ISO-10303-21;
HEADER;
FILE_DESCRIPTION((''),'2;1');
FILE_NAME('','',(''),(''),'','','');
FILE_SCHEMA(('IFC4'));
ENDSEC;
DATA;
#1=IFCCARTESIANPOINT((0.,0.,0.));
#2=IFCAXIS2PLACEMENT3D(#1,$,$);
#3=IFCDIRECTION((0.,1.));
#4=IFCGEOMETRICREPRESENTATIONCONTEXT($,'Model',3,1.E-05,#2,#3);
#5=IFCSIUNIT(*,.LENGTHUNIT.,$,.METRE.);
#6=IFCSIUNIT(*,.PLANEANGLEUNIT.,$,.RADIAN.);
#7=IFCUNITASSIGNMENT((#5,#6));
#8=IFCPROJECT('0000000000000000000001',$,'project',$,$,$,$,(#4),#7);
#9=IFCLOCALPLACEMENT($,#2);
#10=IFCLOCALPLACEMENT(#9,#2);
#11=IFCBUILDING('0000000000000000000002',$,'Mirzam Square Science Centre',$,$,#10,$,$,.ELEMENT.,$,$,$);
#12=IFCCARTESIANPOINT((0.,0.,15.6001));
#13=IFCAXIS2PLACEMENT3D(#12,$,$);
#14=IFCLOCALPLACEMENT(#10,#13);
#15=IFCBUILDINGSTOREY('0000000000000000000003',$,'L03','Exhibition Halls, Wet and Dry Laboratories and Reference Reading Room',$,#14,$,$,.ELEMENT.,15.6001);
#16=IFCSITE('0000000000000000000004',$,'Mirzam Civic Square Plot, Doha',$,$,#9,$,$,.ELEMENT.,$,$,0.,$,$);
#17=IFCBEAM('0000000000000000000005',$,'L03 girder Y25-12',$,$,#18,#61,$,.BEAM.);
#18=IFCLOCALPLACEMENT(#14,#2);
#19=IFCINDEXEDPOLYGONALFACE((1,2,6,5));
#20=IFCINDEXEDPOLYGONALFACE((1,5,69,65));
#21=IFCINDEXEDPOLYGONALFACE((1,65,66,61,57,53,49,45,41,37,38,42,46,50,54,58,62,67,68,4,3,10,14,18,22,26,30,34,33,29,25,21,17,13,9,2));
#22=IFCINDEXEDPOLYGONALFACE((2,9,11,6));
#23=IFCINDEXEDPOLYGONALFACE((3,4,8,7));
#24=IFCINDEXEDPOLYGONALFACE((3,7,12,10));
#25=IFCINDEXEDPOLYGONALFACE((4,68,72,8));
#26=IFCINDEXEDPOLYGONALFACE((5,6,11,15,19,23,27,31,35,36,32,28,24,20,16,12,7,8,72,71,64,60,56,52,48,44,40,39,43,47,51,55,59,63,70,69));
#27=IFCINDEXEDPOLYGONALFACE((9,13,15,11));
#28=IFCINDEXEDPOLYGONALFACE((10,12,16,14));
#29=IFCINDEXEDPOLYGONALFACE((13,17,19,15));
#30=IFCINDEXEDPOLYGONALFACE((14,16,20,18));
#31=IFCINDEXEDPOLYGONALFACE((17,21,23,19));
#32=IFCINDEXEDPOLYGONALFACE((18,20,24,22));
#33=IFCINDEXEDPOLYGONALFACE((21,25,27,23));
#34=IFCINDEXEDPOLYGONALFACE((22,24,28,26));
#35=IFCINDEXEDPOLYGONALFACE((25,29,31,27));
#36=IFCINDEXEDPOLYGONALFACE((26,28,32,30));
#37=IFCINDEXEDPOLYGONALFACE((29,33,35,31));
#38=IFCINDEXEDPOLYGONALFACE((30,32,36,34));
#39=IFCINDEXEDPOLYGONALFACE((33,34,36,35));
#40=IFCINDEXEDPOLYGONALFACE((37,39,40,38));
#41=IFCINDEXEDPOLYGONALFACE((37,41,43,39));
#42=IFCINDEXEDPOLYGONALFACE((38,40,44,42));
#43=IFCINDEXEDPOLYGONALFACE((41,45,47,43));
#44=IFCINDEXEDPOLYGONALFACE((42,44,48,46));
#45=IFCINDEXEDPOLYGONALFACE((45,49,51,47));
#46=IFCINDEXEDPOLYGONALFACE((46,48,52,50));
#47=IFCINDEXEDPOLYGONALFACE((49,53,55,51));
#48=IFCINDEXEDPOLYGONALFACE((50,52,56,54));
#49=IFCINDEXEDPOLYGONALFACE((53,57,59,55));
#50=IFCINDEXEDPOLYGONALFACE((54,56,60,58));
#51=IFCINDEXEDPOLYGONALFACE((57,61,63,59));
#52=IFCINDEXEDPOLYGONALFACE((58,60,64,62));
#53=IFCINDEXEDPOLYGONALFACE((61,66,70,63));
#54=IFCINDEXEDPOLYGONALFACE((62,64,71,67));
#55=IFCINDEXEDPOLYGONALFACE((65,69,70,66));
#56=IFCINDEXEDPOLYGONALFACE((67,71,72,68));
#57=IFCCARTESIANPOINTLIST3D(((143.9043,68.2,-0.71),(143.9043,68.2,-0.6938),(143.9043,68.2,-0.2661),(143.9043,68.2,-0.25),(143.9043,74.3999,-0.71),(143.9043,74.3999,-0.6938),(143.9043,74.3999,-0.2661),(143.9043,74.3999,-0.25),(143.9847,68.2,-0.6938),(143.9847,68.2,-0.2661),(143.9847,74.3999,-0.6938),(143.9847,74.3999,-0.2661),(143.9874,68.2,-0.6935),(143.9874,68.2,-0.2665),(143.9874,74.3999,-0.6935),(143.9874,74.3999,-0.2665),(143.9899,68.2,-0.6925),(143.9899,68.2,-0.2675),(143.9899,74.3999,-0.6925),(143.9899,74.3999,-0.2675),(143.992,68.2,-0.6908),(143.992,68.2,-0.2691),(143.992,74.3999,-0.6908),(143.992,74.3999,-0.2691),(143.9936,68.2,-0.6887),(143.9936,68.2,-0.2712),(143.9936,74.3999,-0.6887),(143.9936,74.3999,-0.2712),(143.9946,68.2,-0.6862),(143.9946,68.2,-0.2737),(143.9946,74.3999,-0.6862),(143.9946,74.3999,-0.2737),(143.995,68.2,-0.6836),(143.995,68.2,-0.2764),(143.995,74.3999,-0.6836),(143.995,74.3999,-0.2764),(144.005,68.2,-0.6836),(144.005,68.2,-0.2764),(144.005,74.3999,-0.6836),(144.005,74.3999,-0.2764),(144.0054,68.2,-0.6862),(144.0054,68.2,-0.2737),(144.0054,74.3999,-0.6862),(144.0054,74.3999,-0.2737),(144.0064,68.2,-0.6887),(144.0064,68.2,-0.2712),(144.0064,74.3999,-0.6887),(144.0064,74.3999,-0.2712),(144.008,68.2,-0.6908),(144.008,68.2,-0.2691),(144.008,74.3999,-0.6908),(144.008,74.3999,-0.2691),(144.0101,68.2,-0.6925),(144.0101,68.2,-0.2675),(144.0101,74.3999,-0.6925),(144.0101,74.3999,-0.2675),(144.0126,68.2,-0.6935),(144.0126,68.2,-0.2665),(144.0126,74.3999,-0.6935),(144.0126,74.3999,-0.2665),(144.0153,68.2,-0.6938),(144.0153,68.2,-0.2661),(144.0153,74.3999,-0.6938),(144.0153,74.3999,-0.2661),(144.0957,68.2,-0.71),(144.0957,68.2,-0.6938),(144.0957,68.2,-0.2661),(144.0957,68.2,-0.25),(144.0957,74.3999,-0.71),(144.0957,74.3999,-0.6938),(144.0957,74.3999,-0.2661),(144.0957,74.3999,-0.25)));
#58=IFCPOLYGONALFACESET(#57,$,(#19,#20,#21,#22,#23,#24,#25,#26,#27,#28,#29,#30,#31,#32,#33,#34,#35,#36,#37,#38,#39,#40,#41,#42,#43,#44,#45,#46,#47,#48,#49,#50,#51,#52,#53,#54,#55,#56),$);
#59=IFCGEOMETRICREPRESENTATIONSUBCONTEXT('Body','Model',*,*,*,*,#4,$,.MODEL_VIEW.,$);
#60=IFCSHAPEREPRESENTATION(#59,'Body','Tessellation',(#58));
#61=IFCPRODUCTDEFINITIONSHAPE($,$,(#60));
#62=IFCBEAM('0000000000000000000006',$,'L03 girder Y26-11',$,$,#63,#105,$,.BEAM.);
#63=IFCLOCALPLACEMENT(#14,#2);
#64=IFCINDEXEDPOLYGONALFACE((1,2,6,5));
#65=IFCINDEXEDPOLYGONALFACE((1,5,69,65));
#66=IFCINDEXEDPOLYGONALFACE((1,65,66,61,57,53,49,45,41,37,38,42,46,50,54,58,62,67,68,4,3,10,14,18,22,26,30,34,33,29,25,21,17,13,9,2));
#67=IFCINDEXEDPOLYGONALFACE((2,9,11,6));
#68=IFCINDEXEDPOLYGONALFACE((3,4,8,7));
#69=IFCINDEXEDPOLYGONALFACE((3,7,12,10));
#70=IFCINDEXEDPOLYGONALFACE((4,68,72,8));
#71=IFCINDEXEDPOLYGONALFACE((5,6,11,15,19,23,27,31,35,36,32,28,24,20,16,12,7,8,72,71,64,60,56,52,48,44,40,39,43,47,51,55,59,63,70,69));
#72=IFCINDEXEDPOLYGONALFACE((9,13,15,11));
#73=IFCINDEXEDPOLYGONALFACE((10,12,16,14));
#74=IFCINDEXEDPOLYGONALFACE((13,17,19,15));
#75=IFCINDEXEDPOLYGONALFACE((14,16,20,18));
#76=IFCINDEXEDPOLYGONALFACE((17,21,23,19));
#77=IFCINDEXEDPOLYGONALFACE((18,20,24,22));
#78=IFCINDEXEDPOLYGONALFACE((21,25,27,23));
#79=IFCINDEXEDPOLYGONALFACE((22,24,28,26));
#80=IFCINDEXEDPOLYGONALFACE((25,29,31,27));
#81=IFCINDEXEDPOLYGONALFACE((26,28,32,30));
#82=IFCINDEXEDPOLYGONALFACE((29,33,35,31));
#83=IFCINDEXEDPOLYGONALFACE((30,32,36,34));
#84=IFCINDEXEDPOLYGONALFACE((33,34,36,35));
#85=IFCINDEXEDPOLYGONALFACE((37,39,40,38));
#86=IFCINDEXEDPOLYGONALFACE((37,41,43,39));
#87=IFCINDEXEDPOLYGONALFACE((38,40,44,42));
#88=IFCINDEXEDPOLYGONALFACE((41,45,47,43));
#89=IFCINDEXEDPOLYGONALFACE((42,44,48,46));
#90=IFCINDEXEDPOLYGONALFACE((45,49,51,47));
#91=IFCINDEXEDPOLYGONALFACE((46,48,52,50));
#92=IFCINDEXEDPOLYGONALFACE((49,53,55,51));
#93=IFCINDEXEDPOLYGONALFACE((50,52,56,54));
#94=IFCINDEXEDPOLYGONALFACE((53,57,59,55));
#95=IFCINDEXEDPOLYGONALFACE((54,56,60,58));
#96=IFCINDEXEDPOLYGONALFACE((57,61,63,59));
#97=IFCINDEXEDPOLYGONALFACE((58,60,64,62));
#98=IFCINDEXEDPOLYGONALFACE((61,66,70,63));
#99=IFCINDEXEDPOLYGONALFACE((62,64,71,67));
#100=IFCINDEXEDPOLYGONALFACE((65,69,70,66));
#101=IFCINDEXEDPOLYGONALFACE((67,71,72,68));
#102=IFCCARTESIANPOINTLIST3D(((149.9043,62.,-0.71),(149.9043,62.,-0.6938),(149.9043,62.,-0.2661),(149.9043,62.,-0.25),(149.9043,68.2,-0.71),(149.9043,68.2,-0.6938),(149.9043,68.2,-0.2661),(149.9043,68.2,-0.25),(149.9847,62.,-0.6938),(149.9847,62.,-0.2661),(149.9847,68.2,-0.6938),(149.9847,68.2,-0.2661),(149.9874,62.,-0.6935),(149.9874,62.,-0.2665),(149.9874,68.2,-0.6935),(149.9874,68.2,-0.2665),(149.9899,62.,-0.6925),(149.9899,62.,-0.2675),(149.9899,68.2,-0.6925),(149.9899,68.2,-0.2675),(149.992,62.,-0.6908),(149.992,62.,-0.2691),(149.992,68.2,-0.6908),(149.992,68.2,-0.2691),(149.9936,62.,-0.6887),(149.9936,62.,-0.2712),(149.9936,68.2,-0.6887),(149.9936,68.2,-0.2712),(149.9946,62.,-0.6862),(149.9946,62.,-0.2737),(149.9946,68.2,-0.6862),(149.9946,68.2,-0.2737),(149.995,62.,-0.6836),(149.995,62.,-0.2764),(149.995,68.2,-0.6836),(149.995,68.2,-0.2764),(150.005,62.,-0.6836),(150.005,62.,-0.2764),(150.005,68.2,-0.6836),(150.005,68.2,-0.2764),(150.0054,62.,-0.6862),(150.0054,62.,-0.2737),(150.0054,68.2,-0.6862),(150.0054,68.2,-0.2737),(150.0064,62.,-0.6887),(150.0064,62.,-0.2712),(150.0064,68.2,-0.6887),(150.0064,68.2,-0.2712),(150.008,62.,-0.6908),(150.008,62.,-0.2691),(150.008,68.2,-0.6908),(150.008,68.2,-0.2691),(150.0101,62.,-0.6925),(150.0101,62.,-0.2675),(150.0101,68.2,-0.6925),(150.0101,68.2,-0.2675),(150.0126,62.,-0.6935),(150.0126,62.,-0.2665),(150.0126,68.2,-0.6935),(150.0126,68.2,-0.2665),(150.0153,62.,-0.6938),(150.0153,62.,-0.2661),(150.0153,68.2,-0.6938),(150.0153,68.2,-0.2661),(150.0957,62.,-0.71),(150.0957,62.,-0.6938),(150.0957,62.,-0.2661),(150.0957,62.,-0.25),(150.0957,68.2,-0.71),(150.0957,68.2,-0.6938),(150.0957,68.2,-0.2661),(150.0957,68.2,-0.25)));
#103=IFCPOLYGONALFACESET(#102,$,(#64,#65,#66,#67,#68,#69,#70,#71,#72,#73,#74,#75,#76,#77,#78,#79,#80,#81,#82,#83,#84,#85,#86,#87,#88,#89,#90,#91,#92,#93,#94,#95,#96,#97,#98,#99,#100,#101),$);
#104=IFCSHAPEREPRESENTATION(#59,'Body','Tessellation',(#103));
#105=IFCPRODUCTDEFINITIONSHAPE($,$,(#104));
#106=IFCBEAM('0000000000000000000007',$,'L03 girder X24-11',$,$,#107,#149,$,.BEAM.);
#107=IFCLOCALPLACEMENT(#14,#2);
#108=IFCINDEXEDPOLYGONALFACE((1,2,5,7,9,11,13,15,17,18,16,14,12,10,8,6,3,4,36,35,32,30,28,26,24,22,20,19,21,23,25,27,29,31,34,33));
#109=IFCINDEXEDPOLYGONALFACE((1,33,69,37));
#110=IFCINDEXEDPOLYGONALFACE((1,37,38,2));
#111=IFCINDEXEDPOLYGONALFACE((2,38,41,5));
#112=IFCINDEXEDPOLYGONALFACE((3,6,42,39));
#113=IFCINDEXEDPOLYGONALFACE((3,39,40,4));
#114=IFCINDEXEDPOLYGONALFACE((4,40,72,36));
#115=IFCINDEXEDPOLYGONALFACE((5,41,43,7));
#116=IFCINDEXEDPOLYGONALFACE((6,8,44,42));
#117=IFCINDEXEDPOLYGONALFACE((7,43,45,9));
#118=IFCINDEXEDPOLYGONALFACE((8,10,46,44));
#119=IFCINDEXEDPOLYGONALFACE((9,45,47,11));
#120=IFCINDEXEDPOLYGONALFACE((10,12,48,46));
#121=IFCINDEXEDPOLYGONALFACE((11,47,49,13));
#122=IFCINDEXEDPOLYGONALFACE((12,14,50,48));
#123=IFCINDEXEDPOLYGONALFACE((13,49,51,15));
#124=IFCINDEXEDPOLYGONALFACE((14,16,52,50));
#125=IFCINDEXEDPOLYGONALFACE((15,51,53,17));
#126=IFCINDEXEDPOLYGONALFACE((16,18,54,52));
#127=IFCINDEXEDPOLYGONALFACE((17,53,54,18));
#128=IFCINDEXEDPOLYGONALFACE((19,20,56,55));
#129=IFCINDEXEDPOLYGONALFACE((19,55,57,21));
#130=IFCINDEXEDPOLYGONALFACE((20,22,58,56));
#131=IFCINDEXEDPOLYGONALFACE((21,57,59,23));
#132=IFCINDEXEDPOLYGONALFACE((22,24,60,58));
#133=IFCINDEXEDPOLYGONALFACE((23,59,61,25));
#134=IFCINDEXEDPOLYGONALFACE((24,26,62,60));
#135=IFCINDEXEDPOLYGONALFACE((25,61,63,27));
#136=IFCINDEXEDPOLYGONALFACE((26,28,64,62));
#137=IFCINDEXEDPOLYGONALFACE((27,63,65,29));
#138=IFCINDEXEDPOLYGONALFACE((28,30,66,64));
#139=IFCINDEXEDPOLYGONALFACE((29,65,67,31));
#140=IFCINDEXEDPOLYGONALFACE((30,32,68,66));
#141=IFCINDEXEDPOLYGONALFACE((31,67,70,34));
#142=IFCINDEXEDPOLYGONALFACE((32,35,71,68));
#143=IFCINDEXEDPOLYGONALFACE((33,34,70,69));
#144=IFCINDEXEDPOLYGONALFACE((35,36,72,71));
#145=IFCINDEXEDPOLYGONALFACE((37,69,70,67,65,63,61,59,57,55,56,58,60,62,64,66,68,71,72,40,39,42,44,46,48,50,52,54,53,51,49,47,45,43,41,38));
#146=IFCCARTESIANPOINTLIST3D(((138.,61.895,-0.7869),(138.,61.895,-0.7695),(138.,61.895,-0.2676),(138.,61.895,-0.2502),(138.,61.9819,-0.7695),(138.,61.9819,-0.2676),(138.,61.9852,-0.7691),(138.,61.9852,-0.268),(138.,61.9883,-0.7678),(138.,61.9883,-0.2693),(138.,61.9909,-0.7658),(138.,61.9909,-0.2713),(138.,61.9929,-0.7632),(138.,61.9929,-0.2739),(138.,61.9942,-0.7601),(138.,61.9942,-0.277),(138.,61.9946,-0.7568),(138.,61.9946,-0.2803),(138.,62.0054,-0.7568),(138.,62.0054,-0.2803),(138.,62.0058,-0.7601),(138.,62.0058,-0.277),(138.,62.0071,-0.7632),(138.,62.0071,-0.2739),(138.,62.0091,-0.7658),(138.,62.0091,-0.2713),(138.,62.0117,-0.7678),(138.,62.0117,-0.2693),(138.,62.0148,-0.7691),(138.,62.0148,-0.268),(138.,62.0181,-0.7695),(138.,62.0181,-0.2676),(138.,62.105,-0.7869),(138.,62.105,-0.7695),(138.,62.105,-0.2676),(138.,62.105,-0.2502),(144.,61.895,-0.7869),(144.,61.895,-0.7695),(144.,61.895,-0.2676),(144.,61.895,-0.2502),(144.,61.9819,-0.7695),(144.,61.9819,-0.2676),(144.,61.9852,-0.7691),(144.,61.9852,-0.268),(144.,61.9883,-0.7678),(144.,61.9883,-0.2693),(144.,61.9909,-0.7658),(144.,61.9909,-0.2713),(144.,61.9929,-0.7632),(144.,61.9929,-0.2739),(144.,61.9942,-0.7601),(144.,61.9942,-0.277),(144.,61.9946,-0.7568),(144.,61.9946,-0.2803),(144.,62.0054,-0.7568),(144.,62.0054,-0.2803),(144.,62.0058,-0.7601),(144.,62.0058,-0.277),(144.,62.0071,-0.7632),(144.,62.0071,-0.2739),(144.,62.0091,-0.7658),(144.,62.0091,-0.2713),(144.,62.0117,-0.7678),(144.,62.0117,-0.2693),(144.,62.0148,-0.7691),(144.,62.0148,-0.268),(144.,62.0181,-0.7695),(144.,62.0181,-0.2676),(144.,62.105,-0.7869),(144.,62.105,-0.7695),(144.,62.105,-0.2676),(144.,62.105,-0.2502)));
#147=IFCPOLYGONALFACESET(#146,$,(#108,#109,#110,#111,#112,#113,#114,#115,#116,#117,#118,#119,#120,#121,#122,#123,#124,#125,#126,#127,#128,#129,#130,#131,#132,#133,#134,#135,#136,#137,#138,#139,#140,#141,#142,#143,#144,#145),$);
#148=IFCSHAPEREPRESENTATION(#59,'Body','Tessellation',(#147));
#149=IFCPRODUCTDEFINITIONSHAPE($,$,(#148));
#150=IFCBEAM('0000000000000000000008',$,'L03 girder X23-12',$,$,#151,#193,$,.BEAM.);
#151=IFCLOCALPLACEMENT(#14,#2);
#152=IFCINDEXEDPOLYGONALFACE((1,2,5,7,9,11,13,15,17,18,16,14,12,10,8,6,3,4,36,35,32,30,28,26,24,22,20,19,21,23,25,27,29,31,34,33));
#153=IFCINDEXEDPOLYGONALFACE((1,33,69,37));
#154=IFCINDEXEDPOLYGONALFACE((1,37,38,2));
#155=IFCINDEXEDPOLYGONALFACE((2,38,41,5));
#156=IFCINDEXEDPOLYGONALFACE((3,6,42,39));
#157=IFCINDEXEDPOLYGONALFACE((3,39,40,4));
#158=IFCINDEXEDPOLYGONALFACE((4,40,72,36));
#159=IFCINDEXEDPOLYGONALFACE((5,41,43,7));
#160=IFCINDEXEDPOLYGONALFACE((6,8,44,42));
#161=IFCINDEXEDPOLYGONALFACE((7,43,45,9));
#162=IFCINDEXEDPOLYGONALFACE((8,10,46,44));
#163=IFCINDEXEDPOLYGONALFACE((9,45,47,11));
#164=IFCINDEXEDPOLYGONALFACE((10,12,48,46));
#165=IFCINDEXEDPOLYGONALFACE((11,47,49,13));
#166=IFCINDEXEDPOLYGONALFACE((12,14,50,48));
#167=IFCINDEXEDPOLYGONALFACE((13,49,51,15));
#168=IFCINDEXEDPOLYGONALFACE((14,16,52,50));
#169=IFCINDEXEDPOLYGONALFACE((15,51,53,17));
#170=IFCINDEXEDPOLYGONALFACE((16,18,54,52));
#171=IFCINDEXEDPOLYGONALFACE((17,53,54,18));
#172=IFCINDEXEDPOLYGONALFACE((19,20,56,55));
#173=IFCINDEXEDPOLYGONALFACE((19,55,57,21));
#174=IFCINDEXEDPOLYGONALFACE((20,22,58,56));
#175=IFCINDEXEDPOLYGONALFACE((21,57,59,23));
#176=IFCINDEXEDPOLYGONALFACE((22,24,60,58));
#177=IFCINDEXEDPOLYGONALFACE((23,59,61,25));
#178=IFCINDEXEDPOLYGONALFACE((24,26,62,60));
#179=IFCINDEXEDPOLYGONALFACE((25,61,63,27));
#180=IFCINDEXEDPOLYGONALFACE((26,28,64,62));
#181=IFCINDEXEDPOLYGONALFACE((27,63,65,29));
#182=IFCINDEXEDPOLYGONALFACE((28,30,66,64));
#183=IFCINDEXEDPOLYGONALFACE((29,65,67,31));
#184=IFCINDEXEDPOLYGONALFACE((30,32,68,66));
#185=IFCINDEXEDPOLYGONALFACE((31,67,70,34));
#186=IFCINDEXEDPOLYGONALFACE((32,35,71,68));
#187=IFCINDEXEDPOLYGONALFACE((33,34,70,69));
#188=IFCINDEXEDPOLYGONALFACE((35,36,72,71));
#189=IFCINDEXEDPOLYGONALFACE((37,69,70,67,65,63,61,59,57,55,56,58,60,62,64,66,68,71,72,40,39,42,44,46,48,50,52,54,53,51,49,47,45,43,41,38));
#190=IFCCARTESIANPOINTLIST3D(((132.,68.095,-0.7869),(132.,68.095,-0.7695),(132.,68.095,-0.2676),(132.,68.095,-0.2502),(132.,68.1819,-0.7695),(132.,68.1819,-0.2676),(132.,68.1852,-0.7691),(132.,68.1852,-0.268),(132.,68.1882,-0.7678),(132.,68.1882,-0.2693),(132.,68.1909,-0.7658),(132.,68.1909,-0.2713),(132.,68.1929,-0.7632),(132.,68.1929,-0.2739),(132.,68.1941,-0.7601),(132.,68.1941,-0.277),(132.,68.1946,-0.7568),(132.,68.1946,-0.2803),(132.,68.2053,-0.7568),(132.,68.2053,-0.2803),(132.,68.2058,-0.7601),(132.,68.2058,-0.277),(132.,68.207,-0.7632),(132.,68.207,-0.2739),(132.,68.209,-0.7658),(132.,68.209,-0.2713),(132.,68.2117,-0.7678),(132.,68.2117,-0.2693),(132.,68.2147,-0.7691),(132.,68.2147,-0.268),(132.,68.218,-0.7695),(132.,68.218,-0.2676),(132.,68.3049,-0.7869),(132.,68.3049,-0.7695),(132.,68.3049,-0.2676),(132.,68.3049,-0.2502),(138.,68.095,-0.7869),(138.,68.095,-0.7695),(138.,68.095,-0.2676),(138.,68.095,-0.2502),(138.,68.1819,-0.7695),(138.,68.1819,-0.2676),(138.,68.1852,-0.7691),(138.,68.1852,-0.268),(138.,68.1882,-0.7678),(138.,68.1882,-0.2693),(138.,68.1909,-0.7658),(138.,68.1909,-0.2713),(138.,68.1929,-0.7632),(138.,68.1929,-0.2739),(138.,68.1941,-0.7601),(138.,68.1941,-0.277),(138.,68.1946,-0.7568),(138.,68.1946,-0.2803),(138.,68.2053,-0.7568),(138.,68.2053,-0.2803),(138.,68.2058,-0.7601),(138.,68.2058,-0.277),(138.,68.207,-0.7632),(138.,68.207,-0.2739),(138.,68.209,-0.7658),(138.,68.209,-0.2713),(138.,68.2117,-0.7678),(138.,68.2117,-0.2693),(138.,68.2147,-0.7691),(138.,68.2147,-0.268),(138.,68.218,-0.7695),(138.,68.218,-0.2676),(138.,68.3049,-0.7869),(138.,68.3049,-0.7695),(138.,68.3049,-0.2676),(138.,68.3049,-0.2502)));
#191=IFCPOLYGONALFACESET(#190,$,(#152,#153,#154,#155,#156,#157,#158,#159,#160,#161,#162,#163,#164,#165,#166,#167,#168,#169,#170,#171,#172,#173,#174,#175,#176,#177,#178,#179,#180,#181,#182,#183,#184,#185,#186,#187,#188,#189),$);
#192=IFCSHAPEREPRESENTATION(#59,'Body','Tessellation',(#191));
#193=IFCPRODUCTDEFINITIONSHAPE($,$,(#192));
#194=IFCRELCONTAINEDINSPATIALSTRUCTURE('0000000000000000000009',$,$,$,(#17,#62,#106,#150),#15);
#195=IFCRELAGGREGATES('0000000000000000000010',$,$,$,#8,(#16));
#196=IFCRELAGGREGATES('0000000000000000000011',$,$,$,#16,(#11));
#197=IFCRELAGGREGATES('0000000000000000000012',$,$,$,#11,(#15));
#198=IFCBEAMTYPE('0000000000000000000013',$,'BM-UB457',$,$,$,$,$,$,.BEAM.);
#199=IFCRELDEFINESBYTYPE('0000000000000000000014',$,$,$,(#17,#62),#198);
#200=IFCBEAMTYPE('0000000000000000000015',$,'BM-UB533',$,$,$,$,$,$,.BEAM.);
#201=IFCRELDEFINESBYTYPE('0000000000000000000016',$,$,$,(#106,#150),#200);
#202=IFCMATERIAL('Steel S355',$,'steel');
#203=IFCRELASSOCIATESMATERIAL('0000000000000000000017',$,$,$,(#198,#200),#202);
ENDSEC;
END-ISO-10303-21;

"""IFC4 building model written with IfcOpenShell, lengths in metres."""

from ifc_helpers import new_model, si_unit, direction, frame, origin, origin_2d, place, context, subcontext, project, spatial, i_section, extrude, material, material_profile, profile_set, type_object, element, save


model = new_model("IFC4")

# Units and contexts
model_context = context("Model", 3, precision=1e-05, world=origin(), true_north=direction((0.0, 1.0)))
body_context = subcontext(model_context, "Body", "Model", "MODEL_VIEW")
ifc_project = project(units=[si_unit("LENGTHUNIT", "METRE"), si_unit("PLANEANGLEUNIT", "RADIAN")], contexts=[model_context])

# Site, building, storey
site_placement = place(None, origin())
site = spatial("IfcSite", under=ifc_project, at=site_placement, Name="Mirzam Civic Square Plot, Doha", CompositionType="ELEMENT", RefElevation=0.0)
building_placement = place(site_placement, origin())
building = spatial("IfcBuilding", under=site, at=building_placement, Name="Mirzam Square Science Centre", CompositionType="ELEMENT")
storey_placement = place(building_placement, frame((0.0, 0.0, 15.6001)))
storey = spatial("IfcBuildingStorey", under=building, at=storey_placement, Name="L03", Description="Exhibition Halls, Wet and Dry Laboratories and Reference Reading Room", CompositionType="ELEMENT", Elevation=15.6001)

# Shared definitions
ifc_material_1 = material(Name="Steel S355", Category="steel")

# Beams
ifc_material_profile_1 = material_profile(ifc_material_1, i_section(OverallWidth=0.1914, OverallDepth=0.46, WebThickness=0.01, FlangeThickness=0.0161, FilletRadius=0.0103, at=origin_2d()), Name="457x191x82UB")
ifc_profile_set_1 = profile_set([ifc_material_profile_1], Name="Steel S355")
beam_type_1 = type_object("IfcBeamType", Name="BM-UB457", PredefinedType="BEAM", material=ifc_profile_set_1)
for number, where, z_axis, x_axis, name in (
    (1, (144.0, 68.2, -0.48), (0.0, 1.0, 0.0), (-1.0, 0.0, 0.0), "L03 girder Y25-12"),
    (2, (150.0, 62.0, -0.48), (0.0, 1.0, 0.0), (-1.0, 0.0, 0.0), "L03 girder Y26-11"),
):
    element("IfcBeam", number, at=place(storey_placement, frame(where, z_axis=z_axis, x_axis=x_axis)), inside=storey, type_object=beam_type_1, Name=name, PredefinedType="BEAM", context=body_context, shape_type="SweptSolid", body=[
        extrude(i_section(OverallWidth=0.1914, OverallDepth=0.46, WebThickness=0.01, FlangeThickness=0.0161, FilletRadius=0.0103, at=origin_2d()), origin(), (0.0, 0.0, 1.0), 6.2),
    ])
ifc_material_profile_2 = material_profile(ifc_material_1, i_section(OverallWidth=0.21, OverallDepth=0.5366, WebThickness=0.0107, FlangeThickness=0.0173, FilletRadius=0.0127, at=origin_2d()), Name="533x210x101UB")
ifc_profile_set_2 = profile_set([ifc_material_profile_2], Name="Steel S355")
beam_type_2 = type_object("IfcBeamType", Name="BM-UB533", PredefinedType="BEAM", material=ifc_profile_set_2)
for number, where, z_axis, x_axis, name in (
    (3, (138.0, 62.0, -0.5186), (1.0, 0.0, 0.0), (0.0, 1.0, 0.0), "L03 girder X24-11"),
    (4, (132.0, 68.2, -0.5186), (1.0, 0.0, 0.0), (0.0, 1.0, 0.0), "L03 girder X23-12"),
):
    element("IfcBeam", number, at=place(storey_placement, frame(where, z_axis=z_axis, x_axis=x_axis)), inside=storey, type_object=beam_type_2, Name=name, PredefinedType="BEAM", context=body_context, shape_type="SweptSolid", body=[
        extrude(i_section(OverallWidth=0.21, OverallDepth=0.5366, WebThickness=0.0107, FlangeThickness=0.0173, FilletRadius=0.0127, at=origin_2d()), origin(), (0.0, 0.0, 1.0), 6.0),
    ])

save(model, "model.ifc")
